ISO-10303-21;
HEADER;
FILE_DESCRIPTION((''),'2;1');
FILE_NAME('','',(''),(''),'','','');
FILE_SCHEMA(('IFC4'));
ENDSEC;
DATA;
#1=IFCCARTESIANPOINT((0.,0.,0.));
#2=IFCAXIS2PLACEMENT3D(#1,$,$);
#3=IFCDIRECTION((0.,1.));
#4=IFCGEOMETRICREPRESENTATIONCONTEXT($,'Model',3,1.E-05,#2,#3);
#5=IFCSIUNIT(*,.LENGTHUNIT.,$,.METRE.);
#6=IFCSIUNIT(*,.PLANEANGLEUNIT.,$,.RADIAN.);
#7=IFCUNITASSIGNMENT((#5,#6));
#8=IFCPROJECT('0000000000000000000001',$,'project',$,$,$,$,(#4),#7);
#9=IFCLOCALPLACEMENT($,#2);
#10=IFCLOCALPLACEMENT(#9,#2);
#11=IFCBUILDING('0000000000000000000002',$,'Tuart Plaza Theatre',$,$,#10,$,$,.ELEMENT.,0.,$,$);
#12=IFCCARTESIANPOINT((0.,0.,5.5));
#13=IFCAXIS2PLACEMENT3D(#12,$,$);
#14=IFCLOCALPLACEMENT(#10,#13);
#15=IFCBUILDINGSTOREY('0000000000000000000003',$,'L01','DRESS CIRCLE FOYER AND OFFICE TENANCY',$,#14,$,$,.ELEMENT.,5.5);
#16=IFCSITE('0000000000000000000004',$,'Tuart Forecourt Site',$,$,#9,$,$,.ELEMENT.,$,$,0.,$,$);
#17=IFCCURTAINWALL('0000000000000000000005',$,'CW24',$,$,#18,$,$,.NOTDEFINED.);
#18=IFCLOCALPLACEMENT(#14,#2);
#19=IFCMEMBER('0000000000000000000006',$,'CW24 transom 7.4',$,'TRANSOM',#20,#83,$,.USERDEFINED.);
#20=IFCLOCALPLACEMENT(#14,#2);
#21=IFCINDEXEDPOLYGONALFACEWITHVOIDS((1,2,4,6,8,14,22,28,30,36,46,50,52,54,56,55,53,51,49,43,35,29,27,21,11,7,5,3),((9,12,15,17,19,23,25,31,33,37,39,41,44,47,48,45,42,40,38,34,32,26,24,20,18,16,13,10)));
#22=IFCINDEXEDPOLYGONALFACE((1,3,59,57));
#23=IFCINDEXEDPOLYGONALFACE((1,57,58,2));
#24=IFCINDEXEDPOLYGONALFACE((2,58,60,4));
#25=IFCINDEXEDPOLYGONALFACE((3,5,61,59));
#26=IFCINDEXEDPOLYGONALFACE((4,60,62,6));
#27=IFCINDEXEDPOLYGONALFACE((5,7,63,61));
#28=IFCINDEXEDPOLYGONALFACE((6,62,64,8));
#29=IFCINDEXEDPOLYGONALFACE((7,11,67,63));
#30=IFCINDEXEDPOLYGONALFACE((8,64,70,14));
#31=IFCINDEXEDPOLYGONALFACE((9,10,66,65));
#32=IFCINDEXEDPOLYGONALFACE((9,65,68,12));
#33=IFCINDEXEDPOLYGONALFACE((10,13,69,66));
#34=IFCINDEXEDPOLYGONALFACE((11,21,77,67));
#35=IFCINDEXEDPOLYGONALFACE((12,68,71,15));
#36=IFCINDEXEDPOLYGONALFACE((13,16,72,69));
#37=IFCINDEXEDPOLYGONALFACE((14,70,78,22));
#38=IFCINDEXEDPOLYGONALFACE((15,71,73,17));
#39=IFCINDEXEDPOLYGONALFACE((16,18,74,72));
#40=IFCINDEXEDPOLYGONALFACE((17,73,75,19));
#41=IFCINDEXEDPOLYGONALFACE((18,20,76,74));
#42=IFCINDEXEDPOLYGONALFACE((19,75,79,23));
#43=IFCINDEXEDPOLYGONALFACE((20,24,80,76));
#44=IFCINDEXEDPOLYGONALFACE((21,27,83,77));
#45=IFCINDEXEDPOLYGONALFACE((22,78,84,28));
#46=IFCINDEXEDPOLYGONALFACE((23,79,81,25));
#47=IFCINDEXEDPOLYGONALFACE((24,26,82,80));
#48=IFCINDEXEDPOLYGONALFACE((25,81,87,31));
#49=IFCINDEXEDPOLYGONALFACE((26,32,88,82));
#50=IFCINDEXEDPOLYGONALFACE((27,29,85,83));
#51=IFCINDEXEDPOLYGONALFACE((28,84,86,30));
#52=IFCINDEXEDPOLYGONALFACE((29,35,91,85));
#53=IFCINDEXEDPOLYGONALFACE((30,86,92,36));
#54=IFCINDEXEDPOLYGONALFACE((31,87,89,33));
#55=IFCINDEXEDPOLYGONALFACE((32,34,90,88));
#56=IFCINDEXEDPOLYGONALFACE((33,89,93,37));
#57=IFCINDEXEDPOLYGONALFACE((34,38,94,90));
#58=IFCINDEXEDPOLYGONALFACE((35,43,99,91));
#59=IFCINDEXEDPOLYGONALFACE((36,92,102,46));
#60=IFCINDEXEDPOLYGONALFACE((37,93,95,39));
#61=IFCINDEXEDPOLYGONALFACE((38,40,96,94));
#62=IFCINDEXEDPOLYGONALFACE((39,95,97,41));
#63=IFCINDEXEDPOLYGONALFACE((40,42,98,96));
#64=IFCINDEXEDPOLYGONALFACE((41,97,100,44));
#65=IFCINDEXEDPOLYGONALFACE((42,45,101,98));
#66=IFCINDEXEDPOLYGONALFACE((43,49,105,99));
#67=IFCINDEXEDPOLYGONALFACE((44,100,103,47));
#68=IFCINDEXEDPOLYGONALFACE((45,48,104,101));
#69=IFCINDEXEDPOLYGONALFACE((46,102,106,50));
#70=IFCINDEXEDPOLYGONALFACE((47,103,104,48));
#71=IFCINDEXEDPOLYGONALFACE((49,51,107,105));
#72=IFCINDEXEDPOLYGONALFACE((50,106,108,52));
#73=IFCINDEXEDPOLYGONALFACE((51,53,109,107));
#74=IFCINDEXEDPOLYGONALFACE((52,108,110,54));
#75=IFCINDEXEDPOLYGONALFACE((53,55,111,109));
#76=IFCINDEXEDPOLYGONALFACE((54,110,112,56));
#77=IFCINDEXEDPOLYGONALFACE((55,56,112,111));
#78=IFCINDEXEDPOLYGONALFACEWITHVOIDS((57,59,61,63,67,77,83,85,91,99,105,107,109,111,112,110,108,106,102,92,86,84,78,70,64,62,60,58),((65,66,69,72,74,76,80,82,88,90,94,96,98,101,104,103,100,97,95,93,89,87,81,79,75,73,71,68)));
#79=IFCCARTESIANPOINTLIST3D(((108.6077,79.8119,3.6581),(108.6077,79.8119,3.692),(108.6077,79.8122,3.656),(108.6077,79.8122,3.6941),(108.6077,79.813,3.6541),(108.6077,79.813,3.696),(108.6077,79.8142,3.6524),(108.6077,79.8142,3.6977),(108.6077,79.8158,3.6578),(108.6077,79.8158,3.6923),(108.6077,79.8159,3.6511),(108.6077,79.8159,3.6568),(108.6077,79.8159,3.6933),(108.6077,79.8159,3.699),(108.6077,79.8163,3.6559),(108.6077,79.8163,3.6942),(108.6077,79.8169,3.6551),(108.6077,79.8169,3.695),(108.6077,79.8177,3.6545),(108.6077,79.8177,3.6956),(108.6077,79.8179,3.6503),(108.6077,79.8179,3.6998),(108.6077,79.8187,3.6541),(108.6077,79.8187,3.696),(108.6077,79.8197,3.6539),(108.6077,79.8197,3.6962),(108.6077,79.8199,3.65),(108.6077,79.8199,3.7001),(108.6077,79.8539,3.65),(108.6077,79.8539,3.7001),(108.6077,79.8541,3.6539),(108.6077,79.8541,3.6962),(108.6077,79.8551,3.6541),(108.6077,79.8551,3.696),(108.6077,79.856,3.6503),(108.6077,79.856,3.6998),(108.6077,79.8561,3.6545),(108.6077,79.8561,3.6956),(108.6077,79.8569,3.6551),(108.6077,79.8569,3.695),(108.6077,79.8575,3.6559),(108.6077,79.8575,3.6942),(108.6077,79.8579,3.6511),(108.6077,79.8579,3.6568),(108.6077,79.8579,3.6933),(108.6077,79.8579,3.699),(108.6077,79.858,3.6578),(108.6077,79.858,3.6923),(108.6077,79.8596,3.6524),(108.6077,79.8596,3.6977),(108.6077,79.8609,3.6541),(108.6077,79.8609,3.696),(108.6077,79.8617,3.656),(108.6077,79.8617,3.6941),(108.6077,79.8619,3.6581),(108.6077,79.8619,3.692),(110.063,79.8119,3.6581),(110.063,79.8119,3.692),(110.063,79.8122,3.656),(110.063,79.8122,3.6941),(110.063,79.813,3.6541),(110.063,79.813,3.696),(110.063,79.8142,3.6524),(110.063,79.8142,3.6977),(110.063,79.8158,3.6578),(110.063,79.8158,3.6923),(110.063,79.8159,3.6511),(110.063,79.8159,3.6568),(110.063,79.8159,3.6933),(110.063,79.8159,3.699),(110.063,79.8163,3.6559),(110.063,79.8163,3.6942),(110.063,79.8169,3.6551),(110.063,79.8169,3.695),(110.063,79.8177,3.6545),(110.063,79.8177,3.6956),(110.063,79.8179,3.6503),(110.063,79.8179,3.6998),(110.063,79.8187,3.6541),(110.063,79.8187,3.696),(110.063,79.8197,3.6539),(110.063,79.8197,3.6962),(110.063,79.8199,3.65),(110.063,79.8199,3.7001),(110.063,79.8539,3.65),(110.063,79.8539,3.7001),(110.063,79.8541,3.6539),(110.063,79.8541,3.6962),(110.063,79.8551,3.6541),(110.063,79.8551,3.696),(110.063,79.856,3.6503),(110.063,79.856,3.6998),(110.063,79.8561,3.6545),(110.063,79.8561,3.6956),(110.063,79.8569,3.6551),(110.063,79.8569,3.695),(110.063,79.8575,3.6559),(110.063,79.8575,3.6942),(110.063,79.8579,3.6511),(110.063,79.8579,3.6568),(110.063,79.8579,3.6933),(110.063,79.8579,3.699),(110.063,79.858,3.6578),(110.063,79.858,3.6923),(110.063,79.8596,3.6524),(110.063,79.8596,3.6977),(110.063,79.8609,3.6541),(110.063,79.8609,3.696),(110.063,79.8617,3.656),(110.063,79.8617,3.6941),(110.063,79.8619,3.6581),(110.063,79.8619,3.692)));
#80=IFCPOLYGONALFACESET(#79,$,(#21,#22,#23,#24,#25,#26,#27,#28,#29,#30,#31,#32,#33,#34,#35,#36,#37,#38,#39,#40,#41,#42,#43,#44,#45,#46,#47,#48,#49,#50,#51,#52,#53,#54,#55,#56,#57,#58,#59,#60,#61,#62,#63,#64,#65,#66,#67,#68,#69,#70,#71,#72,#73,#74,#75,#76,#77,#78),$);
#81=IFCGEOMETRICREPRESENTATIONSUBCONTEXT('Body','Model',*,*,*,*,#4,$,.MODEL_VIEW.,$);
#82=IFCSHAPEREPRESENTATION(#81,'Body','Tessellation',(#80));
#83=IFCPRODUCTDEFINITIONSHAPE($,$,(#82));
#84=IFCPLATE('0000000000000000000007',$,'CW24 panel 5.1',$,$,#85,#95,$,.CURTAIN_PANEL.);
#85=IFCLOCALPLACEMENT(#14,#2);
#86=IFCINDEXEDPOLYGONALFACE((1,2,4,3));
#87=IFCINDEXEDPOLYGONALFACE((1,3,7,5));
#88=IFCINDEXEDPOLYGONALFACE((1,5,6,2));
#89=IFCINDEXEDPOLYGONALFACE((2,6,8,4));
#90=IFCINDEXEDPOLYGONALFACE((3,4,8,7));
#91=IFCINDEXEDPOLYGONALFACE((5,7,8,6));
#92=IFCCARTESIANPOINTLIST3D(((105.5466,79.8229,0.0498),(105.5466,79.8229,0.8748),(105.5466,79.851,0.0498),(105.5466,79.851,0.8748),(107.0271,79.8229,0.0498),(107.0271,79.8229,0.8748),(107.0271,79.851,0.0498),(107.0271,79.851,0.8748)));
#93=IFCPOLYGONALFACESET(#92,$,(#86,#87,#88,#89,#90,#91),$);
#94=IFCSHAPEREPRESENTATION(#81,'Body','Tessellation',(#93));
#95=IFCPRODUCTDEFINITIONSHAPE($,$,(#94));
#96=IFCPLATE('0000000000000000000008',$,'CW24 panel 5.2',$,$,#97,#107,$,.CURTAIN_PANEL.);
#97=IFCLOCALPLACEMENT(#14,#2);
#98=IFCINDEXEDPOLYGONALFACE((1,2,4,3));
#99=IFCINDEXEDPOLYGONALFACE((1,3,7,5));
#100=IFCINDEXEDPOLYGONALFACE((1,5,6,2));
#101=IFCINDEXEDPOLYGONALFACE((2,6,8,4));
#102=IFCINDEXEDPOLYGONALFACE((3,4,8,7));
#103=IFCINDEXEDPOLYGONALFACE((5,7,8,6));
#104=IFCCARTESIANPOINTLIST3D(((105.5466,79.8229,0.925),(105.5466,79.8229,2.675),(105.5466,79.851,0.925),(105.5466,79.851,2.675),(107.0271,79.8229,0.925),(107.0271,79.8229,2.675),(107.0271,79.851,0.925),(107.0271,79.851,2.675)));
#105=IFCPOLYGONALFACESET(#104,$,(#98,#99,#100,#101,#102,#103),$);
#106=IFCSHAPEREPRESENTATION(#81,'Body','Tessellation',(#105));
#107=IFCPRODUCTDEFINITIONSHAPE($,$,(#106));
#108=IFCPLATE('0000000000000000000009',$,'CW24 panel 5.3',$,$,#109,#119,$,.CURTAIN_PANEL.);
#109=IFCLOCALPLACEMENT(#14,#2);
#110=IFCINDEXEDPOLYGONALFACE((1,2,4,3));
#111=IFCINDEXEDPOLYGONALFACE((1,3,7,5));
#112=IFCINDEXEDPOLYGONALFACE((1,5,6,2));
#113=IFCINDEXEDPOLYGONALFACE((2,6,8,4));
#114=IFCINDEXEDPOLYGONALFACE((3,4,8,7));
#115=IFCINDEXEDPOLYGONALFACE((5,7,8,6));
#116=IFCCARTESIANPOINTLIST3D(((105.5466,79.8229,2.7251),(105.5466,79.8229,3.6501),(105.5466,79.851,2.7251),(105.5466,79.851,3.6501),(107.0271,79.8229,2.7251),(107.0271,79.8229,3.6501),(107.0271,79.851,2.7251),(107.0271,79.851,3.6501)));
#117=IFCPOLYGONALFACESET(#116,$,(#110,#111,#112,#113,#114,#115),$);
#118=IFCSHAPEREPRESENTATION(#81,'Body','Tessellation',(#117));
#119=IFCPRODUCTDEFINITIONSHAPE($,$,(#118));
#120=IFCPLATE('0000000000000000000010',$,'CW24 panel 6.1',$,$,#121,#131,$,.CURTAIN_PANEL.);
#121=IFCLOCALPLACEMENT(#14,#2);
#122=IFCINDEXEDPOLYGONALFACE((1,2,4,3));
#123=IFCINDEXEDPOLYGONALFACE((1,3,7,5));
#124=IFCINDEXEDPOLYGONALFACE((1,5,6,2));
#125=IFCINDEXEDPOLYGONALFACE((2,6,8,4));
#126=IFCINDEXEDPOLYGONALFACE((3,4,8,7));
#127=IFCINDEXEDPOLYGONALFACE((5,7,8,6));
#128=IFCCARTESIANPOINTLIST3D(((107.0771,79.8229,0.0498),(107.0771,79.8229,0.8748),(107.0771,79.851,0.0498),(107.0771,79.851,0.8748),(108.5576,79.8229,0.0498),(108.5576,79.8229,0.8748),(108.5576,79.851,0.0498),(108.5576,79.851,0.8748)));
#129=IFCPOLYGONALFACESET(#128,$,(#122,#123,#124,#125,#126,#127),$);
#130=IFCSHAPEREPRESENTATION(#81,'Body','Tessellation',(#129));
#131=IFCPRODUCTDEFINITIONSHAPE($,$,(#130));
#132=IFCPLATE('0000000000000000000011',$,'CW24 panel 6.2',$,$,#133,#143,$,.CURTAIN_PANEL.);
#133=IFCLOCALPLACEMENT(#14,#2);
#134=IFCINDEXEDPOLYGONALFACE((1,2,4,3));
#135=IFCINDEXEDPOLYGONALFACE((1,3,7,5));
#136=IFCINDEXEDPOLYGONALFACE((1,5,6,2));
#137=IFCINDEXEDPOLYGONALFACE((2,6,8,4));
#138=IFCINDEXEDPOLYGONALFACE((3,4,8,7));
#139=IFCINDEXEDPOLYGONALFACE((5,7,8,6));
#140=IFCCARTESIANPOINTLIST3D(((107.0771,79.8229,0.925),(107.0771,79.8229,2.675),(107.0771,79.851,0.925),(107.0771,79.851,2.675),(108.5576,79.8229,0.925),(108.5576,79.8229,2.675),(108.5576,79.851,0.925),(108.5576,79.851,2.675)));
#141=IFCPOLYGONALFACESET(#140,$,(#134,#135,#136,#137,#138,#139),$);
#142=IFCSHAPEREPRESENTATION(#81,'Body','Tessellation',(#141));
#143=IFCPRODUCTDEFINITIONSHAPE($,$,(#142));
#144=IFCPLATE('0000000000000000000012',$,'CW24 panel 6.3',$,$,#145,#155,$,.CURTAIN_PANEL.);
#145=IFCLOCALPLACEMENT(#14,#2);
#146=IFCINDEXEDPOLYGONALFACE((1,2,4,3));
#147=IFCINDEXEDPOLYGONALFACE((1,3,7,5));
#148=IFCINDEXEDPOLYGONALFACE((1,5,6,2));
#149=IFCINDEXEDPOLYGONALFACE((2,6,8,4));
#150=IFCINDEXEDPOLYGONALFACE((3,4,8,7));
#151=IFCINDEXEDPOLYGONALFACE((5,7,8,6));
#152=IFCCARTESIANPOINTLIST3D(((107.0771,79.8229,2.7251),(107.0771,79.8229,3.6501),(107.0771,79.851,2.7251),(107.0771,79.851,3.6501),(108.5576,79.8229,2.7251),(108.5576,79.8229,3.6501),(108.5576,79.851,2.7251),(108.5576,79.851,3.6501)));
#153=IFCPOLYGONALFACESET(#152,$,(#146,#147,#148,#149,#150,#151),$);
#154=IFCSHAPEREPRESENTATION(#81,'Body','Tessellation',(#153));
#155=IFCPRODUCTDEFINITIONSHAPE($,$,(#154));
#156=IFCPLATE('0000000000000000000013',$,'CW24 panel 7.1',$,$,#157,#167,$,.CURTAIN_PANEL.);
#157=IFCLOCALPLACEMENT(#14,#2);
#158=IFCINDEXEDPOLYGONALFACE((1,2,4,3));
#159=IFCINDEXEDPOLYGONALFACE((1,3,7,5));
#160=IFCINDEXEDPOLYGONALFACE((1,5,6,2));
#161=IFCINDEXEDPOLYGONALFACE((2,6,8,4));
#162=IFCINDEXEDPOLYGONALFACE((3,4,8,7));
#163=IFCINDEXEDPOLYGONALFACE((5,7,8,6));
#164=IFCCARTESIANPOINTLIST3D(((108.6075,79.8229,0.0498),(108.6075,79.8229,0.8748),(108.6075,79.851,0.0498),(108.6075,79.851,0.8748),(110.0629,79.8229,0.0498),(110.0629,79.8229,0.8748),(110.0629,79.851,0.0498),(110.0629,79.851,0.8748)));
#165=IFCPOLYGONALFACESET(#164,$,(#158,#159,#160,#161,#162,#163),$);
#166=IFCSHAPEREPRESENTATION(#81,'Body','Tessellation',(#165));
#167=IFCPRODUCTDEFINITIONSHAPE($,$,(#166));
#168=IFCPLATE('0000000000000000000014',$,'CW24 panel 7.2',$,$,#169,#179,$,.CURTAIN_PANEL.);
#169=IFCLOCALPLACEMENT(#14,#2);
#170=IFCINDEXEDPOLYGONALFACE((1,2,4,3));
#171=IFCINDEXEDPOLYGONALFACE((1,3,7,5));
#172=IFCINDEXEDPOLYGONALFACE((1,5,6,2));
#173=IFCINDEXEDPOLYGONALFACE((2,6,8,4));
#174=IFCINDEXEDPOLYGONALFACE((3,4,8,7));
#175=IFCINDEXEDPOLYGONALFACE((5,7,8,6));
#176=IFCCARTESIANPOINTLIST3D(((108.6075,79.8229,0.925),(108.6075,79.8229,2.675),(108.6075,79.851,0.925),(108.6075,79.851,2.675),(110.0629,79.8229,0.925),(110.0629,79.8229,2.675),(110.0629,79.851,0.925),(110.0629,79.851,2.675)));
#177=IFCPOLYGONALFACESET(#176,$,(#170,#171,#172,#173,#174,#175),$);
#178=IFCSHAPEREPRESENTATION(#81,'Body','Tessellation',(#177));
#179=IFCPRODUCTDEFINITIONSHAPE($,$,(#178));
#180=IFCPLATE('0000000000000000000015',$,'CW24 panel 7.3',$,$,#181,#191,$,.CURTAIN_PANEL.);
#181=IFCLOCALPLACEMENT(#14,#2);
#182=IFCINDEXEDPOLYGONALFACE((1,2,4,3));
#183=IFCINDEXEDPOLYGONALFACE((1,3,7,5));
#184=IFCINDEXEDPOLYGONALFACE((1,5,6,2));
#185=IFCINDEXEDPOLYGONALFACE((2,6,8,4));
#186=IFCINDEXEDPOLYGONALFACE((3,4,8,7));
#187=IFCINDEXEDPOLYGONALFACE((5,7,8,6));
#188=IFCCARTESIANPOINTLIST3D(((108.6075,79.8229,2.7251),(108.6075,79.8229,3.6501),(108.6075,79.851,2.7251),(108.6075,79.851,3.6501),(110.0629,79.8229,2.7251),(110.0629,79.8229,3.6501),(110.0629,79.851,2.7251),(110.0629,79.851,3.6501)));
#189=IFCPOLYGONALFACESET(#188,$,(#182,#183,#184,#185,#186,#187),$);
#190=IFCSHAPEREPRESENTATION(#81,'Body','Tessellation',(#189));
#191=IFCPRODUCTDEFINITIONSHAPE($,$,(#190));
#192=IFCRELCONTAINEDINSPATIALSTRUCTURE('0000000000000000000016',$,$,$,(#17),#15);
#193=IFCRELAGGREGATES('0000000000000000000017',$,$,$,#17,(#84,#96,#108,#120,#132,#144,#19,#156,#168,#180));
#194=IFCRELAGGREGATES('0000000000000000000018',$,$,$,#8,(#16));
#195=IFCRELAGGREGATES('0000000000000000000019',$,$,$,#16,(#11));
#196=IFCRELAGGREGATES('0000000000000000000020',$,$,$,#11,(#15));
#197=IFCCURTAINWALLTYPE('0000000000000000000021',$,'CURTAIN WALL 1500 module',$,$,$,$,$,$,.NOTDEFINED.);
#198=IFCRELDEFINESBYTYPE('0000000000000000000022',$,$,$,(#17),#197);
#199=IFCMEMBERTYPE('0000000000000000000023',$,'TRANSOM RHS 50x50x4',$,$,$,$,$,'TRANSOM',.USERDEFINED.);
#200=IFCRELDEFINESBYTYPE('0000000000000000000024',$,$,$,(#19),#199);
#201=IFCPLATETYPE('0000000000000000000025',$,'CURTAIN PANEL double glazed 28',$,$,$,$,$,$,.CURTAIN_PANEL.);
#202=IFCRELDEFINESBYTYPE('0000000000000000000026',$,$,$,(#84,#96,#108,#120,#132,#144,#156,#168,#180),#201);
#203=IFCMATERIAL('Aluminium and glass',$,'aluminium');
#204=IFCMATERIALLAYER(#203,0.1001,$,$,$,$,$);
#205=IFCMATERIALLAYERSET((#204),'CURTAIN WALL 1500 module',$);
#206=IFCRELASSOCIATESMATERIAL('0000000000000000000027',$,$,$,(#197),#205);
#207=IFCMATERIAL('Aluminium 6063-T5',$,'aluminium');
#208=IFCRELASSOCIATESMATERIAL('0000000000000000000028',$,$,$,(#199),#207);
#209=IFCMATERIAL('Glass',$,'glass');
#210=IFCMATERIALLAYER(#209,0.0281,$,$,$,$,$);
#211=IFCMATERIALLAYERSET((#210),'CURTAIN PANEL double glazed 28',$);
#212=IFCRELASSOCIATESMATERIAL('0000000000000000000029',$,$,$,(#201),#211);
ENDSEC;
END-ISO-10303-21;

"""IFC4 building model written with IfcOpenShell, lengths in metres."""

from ifc_helpers import new_model, si_unit, direction, frame, origin, origin_2d, place, context, subcontext, project, spatial, rectangle, hollow_rectangle, extrude, material, layer, layer_set, material_profile, profile_set, type_object, element, aggregate, save


model = new_model("IFC4")

# Units and contexts
model_context = context("Model", 3, precision=1e-05, world=origin(), true_north=direction((0.0, 1.0)))
body_context = subcontext(model_context, "Body", "Model", "MODEL_VIEW")
ifc_project = project(units=[si_unit("LENGTHUNIT", "METRE"), si_unit("PLANEANGLEUNIT", "RADIAN")], contexts=[model_context])

# Site, building, storey
site_placement = place(None, origin())
site = spatial("IfcSite", under=ifc_project, at=site_placement, Name="Tuart Forecourt Site", CompositionType="ELEMENT", RefElevation=0.0)
building_placement = place(site_placement, origin())
building = spatial("IfcBuilding", under=site, at=building_placement, Name="Tuart Plaza Theatre", CompositionType="ELEMENT", ElevationOfRefHeight=0.0)
storey_placement = place(building_placement, frame((0.0, 0.0, 5.5)))
storey = spatial("IfcBuildingStorey", under=building, at=storey_placement, Name="L01", Description="DRESS CIRCLE FOYER AND OFFICE TENANCY", CompositionType="ELEMENT", Elevation=5.5)

# Curtain wall, member, plates
ifc_material_1 = material(Name="Aluminium and glass", Category="aluminium")
ifc_layer_1 = layer(ifc_material_1, 0.1001)
ifc_layer_set_1 = layer_set([ifc_layer_1], Name="CURTAIN WALL 1500 module")
curtain_wall_type = type_object("IfcCurtainWallType", Name="CURTAIN WALL 1500 module", PredefinedType="NOTDEFINED", material=ifc_layer_set_1)
curtain_wall_placement = place(storey_placement, origin())
curtain_wall = element("IfcCurtainWall", 1, at=curtain_wall_placement, inside=storey, type_object=curtain_wall_type, Name="CW24", PredefinedType="NOTDEFINED")
ifc_material_2 = material(Name="Aluminium 6063-T5", Category="aluminium")
ifc_material_profile_1 = material_profile(ifc_material_2, hollow_rectangle(XDim=0.05, YDim=0.05, WallThickness=0.0039, InnerFilletRadius=0.0039, OuterFilletRadius=0.0081, at=origin_2d()), Name="RHS 50x50x4")
ifc_profile_set_1 = profile_set([ifc_material_profile_1], Name="Aluminium 6063-T5")
member_type_1 = type_object("IfcMemberType", Name="TRANSOM RHS 50x50x4", ElementType="TRANSOM", PredefinedType="USERDEFINED", material=ifc_profile_set_1)
member_1_placement = place(storey_placement, frame((108.6077, 79.8369, 3.675), z_axis=(1.0, 0.0, 0.0), x_axis=(0.0, 1.0, 0.0)))
member_1 = element("IfcMember", 2, at=member_1_placement, type_object=member_type_1, Name="CW24 transom 7.4", ObjectType="TRANSOM", PredefinedType="USERDEFINED", context=body_context, shape_type="SweptSolid", body=[
    extrude(hollow_rectangle(XDim=0.05, YDim=0.05, WallThickness=0.0039, InnerFilletRadius=0.0039, OuterFilletRadius=0.0081, at=origin_2d()), origin(), (0.0, 0.0, 1.0), 1.4553),
])
ifc_material_3 = material(Name="Glass", Category="glass")
ifc_layer_2 = layer(ifc_material_3, 0.0281)
ifc_layer_set_2 = layer_set([ifc_layer_2], Name="CURTAIN PANEL double glazed 28")
plate_type = type_object("IfcPlateType", Name="CURTAIN PANEL double glazed 28", PredefinedType="CURTAIN_PANEL", material=ifc_layer_set_2)
plate_1_placement = place(storey_placement, frame((106.2869, 79.8369, 0.0498), z_axis=(0.0, 0.0, 1.0), x_axis=(1.0, 0.0, 0.0)))
plate_1 = element("IfcPlate", 3, at=plate_1_placement, type_object=plate_type, Name="CW24 panel 5.1", PredefinedType="CURTAIN_PANEL", context=body_context, shape_type="SweptSolid", body=[
    extrude(rectangle(XDim=1.4805, YDim=0.0281, at=origin_2d()), origin(), (0.0, 0.0, 1.0), 0.825),
])
plate_2_placement = place(storey_placement, frame((106.2869, 79.8369, 0.925), z_axis=(0.0, 0.0, 1.0), x_axis=(1.0, 0.0, 0.0)))
plate_2 = element("IfcPlate", 4, at=plate_2_placement, type_object=plate_type, Name="CW24 panel 5.2", PredefinedType="CURTAIN_PANEL", context=body_context, shape_type="SweptSolid", body=[
    extrude(rectangle(XDim=1.4805, YDim=0.0281, at=origin_2d()), origin(), (0.0, 0.0, 1.0), 1.75),
])
plate_3_placement = place(storey_placement, frame((106.2869, 79.8369, 2.7251), z_axis=(0.0, 0.0, 1.0), x_axis=(1.0, 0.0, 0.0)))
plate_3 = element("IfcPlate", 5, at=plate_3_placement, type_object=plate_type, Name="CW24 panel 5.3", PredefinedType="CURTAIN_PANEL", context=body_context, shape_type="SweptSolid", body=[
    extrude(rectangle(XDim=1.4805, YDim=0.0281, at=origin_2d()), origin(), (0.0, 0.0, 1.0), 0.925),
])
plate_4_placement = place(storey_placement, frame((107.8174, 79.8369, 0.0498), z_axis=(0.0, 0.0, 1.0), x_axis=(1.0, 0.0, 0.0)))
plate_4 = element("IfcPlate", 6, at=plate_4_placement, type_object=plate_type, Name="CW24 panel 6.1", PredefinedType="CURTAIN_PANEL", context=body_context, shape_type="SweptSolid", body=[
    extrude(rectangle(XDim=1.4805, YDim=0.0281, at=origin_2d()), origin(), (0.0, 0.0, 1.0), 0.825),
])
plate_5_placement = place(storey_placement, frame((107.8174, 79.8369, 0.925), z_axis=(0.0, 0.0, 1.0), x_axis=(1.0, 0.0, 0.0)))
plate_5 = element("IfcPlate", 7, at=plate_5_placement, type_object=plate_type, Name="CW24 panel 6.2", PredefinedType="CURTAIN_PANEL", context=body_context, shape_type="SweptSolid", body=[
    extrude(rectangle(XDim=1.4805, YDim=0.0281, at=origin_2d()), origin(), (0.0, 0.0, 1.0), 1.75),
])
plate_6_placement = place(storey_placement, frame((107.8174, 79.8369, 2.7251), z_axis=(0.0, 0.0, 1.0), x_axis=(1.0, 0.0, 0.0)))
plate_6 = element("IfcPlate", 8, at=plate_6_placement, type_object=plate_type, Name="CW24 panel 6.3", PredefinedType="CURTAIN_PANEL", context=body_context, shape_type="SweptSolid", body=[
    extrude(rectangle(XDim=1.4805, YDim=0.0281, at=origin_2d()), origin(), (0.0, 0.0, 1.0), 0.925),
])
plate_7_placement = place(storey_placement, frame((109.3352, 79.8369, 0.0498), z_axis=(0.0, 0.0, 1.0), x_axis=(1.0, 0.0, 0.0)))
plate_7 = element("IfcPlate", 9, at=plate_7_placement, type_object=plate_type, Name="CW24 panel 7.1", PredefinedType="CURTAIN_PANEL", context=body_context, shape_type="SweptSolid", body=[
    extrude(rectangle(XDim=1.4553, YDim=0.0281, at=origin_2d()), origin(), (0.0, 0.0, 1.0), 0.825),
])
plate_8_placement = place(storey_placement, frame((109.3352, 79.8369, 0.925), z_axis=(0.0, 0.0, 1.0), x_axis=(1.0, 0.0, 0.0)))
plate_8 = element("IfcPlate", 10, at=plate_8_placement, type_object=plate_type, Name="CW24 panel 7.2", PredefinedType="CURTAIN_PANEL", context=body_context, shape_type="SweptSolid", body=[
    extrude(rectangle(XDim=1.4553, YDim=0.0281, at=origin_2d()), origin(), (0.0, 0.0, 1.0), 1.75),
])
plate_9_placement = place(storey_placement, frame((109.3352, 79.8369, 2.7251), z_axis=(0.0, 0.0, 1.0), x_axis=(1.0, 0.0, 0.0)))
plate_9 = element("IfcPlate", 11, at=plate_9_placement, type_object=plate_type, Name="CW24 panel 7.3", PredefinedType="CURTAIN_PANEL", context=body_context, shape_type="SweptSolid", body=[
    extrude(rectangle(XDim=1.4553, YDim=0.0281, at=origin_2d()), origin(), (0.0, 0.0, 1.0), 0.925),
])
aggregate(curtain_wall, [plate_1, plate_2, plate_3, plate_4, plate_5, plate_6, member_1, plate_7, plate_8, plate_9])

save(model, "model.ifc")
